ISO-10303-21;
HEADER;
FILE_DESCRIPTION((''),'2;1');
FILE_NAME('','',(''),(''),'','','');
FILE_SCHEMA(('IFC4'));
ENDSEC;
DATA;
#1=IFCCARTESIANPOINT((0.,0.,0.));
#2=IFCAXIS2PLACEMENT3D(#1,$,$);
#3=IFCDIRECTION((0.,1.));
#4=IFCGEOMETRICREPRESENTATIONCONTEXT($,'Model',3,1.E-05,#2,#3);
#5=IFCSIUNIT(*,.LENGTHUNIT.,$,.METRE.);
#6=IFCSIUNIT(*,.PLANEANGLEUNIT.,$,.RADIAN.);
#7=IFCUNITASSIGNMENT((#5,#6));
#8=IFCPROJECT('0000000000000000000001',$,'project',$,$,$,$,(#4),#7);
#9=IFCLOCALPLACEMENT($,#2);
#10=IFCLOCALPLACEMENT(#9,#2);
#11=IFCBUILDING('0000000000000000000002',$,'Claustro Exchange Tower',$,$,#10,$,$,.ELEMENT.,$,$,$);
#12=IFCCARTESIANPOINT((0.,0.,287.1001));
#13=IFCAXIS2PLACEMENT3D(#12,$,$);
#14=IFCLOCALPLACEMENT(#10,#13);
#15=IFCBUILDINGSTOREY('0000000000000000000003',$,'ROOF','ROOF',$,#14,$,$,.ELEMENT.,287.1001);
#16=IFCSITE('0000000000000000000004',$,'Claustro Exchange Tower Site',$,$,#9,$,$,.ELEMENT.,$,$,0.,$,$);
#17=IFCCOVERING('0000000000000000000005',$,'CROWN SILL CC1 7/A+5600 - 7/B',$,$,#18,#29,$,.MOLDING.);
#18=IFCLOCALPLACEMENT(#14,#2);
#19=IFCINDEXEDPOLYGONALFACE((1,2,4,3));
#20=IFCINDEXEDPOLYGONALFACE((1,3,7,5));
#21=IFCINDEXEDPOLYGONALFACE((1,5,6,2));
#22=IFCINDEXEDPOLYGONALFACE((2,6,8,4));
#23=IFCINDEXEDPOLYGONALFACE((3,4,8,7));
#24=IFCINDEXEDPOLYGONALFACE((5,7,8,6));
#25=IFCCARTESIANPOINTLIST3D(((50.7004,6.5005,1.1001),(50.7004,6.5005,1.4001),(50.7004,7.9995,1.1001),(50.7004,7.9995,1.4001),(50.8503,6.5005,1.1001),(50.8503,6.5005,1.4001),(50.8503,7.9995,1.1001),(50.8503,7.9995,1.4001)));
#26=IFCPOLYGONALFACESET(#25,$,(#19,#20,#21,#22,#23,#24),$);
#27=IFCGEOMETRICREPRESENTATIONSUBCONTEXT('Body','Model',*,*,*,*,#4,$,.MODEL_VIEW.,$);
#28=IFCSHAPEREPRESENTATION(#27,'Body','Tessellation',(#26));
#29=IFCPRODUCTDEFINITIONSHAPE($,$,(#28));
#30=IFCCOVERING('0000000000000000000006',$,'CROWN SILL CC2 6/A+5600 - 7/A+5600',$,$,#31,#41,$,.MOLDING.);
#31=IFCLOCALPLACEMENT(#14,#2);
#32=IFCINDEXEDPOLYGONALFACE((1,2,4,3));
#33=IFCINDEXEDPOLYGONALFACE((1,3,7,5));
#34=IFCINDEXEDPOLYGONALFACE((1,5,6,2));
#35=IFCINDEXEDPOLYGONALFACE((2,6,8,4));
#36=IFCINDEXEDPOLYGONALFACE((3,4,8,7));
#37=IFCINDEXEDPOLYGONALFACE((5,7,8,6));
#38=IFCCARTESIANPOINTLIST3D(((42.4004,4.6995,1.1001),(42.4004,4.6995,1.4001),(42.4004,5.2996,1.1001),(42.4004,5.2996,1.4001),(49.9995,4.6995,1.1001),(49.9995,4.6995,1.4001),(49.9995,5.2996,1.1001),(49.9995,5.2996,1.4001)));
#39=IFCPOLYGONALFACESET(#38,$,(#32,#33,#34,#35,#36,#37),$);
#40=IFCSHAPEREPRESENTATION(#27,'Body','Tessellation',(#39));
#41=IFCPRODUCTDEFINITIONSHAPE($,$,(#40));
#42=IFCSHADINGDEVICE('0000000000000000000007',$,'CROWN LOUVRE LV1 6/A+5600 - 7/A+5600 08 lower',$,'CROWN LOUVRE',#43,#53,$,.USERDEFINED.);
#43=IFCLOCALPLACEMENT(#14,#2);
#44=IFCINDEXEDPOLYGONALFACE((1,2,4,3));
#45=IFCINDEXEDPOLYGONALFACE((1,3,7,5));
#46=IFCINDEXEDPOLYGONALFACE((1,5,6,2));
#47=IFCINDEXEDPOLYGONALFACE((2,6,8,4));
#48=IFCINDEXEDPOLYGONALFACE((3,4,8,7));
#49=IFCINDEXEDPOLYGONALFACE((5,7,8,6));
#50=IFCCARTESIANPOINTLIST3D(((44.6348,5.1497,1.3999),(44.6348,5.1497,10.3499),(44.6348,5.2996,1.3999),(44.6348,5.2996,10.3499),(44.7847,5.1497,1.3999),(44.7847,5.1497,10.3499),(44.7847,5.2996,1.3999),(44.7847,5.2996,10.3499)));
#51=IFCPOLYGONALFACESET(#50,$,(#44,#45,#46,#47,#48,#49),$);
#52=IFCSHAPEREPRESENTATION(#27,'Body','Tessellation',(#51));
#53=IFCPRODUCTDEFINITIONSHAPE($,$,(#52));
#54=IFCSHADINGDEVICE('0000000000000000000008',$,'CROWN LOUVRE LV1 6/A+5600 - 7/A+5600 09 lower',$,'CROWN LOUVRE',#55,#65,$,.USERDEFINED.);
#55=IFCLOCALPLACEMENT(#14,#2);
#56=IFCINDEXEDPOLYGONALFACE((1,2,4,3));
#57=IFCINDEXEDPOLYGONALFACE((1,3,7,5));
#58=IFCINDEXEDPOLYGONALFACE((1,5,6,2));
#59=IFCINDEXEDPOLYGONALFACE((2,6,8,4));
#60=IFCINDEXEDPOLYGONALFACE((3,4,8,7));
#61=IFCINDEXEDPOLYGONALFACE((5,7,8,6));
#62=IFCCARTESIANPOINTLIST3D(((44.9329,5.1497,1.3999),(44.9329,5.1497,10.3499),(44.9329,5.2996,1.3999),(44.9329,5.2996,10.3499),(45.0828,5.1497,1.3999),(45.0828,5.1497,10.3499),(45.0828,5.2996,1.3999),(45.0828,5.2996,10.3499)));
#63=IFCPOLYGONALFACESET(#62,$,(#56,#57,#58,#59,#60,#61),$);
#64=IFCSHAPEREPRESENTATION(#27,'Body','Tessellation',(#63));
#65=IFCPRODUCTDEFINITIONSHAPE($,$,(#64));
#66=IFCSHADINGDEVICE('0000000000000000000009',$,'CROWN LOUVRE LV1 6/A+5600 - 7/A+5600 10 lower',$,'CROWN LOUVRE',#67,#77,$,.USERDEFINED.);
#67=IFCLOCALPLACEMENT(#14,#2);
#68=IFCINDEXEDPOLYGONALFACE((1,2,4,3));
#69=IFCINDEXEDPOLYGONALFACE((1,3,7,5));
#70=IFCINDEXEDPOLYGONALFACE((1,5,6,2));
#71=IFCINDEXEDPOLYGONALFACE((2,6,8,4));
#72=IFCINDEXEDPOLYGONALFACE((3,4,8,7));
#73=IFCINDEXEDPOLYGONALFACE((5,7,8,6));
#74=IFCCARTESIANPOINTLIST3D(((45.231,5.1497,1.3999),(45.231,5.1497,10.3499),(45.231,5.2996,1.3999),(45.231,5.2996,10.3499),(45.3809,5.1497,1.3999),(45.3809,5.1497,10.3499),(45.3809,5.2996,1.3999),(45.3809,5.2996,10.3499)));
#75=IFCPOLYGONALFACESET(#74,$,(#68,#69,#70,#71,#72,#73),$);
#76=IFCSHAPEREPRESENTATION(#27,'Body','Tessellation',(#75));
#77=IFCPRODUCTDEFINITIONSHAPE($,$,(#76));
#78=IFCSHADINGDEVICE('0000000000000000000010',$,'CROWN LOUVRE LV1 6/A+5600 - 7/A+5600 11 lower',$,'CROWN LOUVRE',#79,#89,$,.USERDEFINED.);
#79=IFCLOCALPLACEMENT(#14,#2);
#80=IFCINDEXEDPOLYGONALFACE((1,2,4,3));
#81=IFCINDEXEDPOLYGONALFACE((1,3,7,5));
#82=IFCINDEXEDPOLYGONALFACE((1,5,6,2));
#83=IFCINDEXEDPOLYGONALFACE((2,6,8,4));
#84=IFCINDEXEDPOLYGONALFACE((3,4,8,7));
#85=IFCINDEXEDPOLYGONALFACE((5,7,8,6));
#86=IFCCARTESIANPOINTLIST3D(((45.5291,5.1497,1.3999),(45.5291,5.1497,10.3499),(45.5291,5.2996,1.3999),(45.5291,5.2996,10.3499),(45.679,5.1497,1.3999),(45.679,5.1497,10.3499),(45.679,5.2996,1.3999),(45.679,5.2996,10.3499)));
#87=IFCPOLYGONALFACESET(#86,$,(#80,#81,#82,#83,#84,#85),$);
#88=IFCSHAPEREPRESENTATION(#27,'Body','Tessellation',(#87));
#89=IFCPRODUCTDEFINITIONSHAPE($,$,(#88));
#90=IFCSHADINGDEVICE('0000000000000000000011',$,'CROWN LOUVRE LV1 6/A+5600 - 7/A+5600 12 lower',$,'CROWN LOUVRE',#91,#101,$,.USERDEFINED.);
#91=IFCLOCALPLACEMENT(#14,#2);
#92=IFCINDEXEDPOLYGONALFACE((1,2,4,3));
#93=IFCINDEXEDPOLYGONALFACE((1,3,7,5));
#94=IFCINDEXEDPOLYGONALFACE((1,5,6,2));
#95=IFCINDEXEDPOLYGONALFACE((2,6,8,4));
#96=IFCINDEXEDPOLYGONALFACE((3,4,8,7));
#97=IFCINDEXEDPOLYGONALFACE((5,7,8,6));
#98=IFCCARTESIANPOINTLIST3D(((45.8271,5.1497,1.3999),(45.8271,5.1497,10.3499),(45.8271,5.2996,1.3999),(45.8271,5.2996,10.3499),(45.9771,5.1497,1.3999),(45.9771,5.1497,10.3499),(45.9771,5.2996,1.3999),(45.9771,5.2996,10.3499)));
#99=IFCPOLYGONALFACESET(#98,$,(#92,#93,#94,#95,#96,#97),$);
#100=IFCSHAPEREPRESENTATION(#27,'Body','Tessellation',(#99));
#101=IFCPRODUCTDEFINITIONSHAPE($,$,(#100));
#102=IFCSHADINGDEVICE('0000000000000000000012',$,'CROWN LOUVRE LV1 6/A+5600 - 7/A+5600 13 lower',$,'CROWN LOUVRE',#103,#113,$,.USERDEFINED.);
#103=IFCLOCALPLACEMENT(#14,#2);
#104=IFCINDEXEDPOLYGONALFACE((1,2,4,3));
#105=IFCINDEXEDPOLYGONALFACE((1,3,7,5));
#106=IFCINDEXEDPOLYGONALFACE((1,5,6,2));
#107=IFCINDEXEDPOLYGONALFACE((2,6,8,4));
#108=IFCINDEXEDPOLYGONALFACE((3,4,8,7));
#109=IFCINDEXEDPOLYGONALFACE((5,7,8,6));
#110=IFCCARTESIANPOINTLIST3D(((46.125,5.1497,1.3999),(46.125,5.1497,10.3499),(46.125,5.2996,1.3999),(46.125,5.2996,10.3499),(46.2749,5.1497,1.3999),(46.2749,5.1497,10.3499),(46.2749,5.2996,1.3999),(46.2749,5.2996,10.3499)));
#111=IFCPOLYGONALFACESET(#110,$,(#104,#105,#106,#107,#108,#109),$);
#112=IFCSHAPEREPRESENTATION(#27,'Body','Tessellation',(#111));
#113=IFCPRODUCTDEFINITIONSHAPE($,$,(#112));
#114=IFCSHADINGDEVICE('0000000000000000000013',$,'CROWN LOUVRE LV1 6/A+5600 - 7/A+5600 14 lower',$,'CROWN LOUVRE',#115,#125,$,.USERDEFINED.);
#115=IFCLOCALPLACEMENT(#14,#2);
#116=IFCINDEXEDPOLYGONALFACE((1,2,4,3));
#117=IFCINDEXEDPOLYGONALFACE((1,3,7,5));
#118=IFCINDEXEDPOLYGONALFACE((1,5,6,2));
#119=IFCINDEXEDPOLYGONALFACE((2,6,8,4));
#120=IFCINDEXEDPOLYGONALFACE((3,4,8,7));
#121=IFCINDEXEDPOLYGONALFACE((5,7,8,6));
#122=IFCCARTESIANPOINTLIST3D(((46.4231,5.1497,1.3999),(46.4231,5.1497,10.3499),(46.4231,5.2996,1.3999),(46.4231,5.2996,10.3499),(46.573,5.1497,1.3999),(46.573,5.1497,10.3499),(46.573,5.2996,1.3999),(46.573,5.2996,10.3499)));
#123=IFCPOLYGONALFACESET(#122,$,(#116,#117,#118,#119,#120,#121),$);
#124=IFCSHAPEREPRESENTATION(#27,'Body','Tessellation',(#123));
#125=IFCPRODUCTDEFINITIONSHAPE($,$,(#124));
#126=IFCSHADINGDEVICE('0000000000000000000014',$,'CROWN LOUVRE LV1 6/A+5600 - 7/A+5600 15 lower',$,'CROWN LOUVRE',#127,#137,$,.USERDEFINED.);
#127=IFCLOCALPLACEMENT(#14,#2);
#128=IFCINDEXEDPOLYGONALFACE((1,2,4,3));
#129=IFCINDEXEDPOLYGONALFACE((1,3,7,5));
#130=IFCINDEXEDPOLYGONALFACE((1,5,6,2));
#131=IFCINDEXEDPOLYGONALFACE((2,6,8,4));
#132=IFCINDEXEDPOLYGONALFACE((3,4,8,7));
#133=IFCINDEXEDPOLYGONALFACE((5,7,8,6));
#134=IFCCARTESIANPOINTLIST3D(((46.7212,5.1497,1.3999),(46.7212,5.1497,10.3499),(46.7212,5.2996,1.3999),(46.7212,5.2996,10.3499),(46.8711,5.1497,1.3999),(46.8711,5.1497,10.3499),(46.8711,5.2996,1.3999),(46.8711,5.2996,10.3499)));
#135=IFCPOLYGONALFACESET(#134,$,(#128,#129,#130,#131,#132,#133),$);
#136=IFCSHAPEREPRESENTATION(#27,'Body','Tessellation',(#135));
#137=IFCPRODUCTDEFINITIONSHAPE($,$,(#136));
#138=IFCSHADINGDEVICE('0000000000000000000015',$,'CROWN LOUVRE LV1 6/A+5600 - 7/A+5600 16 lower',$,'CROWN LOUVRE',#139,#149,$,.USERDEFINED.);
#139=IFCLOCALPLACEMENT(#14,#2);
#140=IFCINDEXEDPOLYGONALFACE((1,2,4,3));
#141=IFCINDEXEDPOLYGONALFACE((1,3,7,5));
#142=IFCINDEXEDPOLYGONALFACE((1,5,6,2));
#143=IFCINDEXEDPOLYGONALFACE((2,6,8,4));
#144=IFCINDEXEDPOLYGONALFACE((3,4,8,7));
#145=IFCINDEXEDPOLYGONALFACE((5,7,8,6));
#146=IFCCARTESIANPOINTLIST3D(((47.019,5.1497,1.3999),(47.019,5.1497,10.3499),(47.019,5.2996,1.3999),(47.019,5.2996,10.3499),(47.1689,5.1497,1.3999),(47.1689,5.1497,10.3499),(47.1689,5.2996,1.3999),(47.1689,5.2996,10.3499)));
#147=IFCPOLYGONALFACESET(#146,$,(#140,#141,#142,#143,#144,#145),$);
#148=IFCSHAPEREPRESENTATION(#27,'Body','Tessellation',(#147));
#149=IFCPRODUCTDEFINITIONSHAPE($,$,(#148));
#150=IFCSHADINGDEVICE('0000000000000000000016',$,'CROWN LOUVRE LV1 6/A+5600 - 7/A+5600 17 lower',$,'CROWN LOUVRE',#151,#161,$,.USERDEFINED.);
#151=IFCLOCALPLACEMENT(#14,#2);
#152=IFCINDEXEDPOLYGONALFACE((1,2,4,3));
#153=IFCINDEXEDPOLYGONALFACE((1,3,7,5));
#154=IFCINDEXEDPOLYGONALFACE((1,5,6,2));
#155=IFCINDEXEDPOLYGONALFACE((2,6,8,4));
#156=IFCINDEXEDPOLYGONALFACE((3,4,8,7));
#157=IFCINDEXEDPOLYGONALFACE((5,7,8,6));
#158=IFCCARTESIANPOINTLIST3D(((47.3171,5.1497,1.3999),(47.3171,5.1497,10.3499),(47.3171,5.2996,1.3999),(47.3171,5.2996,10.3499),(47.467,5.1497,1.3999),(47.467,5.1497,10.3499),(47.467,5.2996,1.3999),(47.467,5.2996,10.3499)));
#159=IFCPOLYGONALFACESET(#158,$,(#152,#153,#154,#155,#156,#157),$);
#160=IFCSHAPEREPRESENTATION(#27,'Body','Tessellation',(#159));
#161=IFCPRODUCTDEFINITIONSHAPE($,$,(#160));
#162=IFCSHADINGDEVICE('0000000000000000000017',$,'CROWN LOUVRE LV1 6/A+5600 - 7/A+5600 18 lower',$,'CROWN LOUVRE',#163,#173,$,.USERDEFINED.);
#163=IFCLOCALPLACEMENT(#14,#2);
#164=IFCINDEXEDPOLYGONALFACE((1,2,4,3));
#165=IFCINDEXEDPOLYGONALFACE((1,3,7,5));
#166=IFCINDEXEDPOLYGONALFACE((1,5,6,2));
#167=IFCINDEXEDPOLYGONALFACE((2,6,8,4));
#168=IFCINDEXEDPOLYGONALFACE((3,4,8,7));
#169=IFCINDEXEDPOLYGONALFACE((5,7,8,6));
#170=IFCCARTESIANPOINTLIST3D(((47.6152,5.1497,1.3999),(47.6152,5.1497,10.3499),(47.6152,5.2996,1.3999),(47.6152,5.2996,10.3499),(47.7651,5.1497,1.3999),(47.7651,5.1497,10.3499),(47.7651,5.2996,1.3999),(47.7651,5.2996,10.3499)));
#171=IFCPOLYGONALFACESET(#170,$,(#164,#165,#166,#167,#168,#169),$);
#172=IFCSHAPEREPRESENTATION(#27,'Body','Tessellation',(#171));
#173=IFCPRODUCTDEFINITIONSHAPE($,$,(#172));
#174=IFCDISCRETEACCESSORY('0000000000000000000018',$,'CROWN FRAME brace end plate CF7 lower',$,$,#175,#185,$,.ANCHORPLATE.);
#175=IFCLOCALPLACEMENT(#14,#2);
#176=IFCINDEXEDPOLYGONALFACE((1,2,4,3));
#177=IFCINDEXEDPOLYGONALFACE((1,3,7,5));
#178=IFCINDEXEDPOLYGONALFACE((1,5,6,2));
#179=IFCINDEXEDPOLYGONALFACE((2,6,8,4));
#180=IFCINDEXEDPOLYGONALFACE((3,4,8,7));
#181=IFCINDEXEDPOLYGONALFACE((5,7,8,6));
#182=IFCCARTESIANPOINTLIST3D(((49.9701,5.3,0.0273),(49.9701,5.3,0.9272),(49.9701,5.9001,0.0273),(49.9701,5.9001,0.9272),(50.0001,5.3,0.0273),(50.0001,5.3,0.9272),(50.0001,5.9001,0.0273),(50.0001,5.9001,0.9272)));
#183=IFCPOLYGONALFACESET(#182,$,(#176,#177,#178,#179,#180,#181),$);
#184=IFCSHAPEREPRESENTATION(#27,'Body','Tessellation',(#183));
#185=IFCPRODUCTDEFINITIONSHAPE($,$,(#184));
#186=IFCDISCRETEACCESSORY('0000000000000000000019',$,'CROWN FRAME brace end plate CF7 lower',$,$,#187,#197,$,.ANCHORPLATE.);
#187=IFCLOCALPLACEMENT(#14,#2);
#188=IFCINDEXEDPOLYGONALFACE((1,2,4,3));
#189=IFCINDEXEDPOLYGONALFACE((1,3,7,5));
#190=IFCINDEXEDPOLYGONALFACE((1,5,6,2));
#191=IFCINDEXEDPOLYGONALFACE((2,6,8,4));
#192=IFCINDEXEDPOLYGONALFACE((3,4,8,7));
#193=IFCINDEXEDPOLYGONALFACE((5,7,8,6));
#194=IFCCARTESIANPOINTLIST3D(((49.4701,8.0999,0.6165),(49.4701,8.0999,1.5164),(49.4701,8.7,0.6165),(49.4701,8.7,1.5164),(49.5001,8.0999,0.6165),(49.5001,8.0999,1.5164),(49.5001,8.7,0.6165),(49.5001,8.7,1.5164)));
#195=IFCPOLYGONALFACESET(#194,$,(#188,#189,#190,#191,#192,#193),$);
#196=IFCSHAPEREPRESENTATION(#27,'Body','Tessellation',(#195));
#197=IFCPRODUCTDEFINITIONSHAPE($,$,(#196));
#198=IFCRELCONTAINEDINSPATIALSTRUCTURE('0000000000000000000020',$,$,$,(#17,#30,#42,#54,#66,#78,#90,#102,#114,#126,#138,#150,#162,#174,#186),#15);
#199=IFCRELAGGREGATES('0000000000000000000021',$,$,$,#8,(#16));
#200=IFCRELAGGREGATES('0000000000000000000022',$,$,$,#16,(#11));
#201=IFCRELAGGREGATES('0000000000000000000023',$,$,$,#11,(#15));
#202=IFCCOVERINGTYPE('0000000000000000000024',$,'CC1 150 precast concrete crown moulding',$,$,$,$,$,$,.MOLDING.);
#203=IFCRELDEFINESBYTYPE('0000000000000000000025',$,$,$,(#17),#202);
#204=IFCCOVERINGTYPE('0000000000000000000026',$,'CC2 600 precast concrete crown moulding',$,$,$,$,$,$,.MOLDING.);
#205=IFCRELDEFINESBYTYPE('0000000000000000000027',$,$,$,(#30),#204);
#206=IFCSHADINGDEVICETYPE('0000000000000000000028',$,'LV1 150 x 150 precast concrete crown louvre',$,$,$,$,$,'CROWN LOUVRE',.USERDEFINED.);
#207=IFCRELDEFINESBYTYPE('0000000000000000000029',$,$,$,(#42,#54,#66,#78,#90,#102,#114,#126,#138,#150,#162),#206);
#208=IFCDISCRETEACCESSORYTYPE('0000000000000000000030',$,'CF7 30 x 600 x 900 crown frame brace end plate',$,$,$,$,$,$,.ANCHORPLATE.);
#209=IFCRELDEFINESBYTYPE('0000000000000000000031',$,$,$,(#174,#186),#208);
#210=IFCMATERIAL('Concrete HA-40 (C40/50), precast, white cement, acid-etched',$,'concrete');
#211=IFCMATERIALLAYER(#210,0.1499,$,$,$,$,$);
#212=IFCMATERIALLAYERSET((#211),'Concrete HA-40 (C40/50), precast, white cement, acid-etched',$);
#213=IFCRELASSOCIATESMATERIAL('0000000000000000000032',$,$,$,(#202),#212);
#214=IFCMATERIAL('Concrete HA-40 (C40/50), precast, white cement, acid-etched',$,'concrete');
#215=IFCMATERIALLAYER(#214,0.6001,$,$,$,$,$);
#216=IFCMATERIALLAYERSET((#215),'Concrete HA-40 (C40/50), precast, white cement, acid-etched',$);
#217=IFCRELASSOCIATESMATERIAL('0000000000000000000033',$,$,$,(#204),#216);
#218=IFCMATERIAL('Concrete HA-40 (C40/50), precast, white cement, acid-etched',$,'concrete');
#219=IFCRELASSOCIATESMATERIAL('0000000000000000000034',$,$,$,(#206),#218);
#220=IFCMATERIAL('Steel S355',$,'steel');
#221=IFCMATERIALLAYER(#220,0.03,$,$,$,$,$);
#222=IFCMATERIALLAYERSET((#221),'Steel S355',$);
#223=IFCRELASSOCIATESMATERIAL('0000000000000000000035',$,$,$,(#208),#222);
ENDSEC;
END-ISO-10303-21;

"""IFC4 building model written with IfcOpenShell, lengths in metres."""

from ifc_helpers import new_model, si_unit, direction, frame, origin, origin_2d, place, context, subcontext, project, spatial, rectangle, extrude, material, layer, layer_set, type_object, element, save


model = new_model("IFC4")

# Units and contexts
model_context = context("Model", 3, precision=1e-05, world=origin(), true_north=direction((0.0, 1.0)))
body_context = subcontext(model_context, "Body", "Model", "MODEL_VIEW")
ifc_project = project(units=[si_unit("LENGTHUNIT", "METRE"), si_unit("PLANEANGLEUNIT", "RADIAN")], contexts=[model_context])

# Site, building, storey
site_placement = place(None, origin())
site = spatial("IfcSite", under=ifc_project, at=site_placement, Name="Claustro Exchange Tower Site", CompositionType="ELEMENT", RefElevation=0.0)
building_placement = place(site_placement, origin())
building = spatial("IfcBuilding", under=site, at=building_placement, Name="Claustro Exchange Tower", CompositionType="ELEMENT")
storey_placement = place(building_placement, frame((0.0, 0.0, 287.1001)))
storey = spatial("IfcBuildingStorey", under=building, at=storey_placement, Name="ROOF", Description="ROOF", CompositionType="ELEMENT", Elevation=287.1001)

# Coverings
ifc_material_1 = material(Name="Concrete HA-40 (C40/50), precast, white cement, acid-etched", Category="concrete")
ifc_layer_1 = layer(ifc_material_1, 0.1499)
ifc_layer_set_1 = layer_set([ifc_layer_1], Name="Concrete HA-40 (C40/50), precast, white cement, acid-etched")
covering_type_1 = type_object("IfcCoveringType", Name="CC1 150 precast concrete crown moulding", PredefinedType="MOLDING", material=ifc_layer_set_1)
covering_1_placement = place(storey_placement, frame((50.7754, 7.25, 1.1001), z_axis=(0.0, 0.0, 1.0), x_axis=(0.0, 1.0, 0.0)))
element("IfcCovering", 1, at=covering_1_placement, inside=storey, type_object=covering_type_1, Name="CROWN SILL CC1 7/A+5600 - 7/B", PredefinedType="MOLDING", context=body_context, shape_type="SweptSolid", body=[
    extrude(rectangle(XDim=1.499, YDim=0.1499, at=origin_2d()), origin(), (0.0, 0.0, 1.0), 0.3),
])
ifc_material_2 = material(Name="Concrete HA-40 (C40/50), precast, white cement, acid-etched", Category="concrete")
ifc_layer_2 = layer(ifc_material_2, 0.6001)
ifc_layer_set_2 = layer_set([ifc_layer_2], Name="Concrete HA-40 (C40/50), precast, white cement, acid-etched")
covering_type_2 = type_object("IfcCoveringType", Name="CC2 600 precast concrete crown moulding", PredefinedType="MOLDING", material=ifc_layer_set_2)
covering_2_placement = place(storey_placement, frame((46.2, 4.9995, 1.1001), z_axis=(0.0, 0.0, 1.0), x_axis=(1.0, 0.0, 0.0)))
element("IfcCovering", 2, at=covering_2_placement, inside=storey, type_object=covering_type_2, Name="CROWN SILL CC2 6/A+5600 - 7/A+5600", PredefinedType="MOLDING", context=body_context, shape_type="SweptSolid", body=[
    extrude(rectangle(XDim=7.5991, YDim=0.6001, at=origin_2d()), origin(), (0.0, 0.0, 1.0), 0.3),
])

# Shading devices
ifc_material_3 = material(Name="Concrete HA-40 (C40/50), precast, white cement, acid-etched", Category="concrete")
shading_device_type = type_object("IfcShadingDeviceType", Name="LV1 150 x 150 precast concrete crown louvre", ElementType="CROWN LOUVRE", PredefinedType="USERDEFINED", material=ifc_material_3)
for number, where, z_axis, x_axis, name in (
    (3, (44.7097, 5.2246, 1.3999), (0.0, 0.0, 1.0), (1.0, 0.0, 0.0), "CROWN LOUVRE LV1 6/A+5600 - 7/A+5600 08 lower"),
    (4, (45.0078, 5.2246, 1.3999), (0.0, 0.0, 1.0), (1.0, 0.0, 0.0), "CROWN LOUVRE LV1 6/A+5600 - 7/A+5600 09 lower"),
    (5, (45.3059, 5.2246, 1.3999), (0.0, 0.0, 1.0), (1.0, 0.0, 0.0), "CROWN LOUVRE LV1 6/A+5600 - 7/A+5600 10 lower"),
    (6, (45.604, 5.2246, 1.3999), (0.0, 0.0, 1.0), (1.0, 0.0, 0.0), "CROWN LOUVRE LV1 6/A+5600 - 7/A+5600 11 lower"),
    (7, (45.9021, 5.2246, 1.3999), (0.0, 0.0, 1.0), (1.0, 0.0, 0.0), "CROWN LOUVRE LV1 6/A+5600 - 7/A+5600 12 lower"),
    (8, (46.2, 5.2246, 1.3999), (0.0, 0.0, 1.0), (1.0, 0.0, 0.0), "CROWN LOUVRE LV1 6/A+5600 - 7/A+5600 13 lower"),
    (9, (46.498, 5.2246, 1.3999), (0.0, 0.0, 1.0), (1.0, 0.0, 0.0), "CROWN LOUVRE LV1 6/A+5600 - 7/A+5600 14 lower"),
    (10, (46.7961, 5.2246, 1.3999), (0.0, 0.0, 1.0), (1.0, 0.0, 0.0), "CROWN LOUVRE LV1 6/A+5600 - 7/A+5600 15 lower"),
    (11, (47.094, 5.2246, 1.3999), (0.0, 0.0, 1.0), (1.0, 0.0, 0.0), "CROWN LOUVRE LV1 6/A+5600 - 7/A+5600 16 lower"),
    (12, (47.3921, 5.2246, 1.3999), (0.0, 0.0, 1.0), (1.0, 0.0, 0.0), "CROWN LOUVRE LV1 6/A+5600 - 7/A+5600 17 lower"),
    (13, (47.6902, 5.2246, 1.3999), (0.0, 0.0, 1.0), (1.0, 0.0, 0.0), "CROWN LOUVRE LV1 6/A+5600 - 7/A+5600 18 lower"),
):
    element("IfcShadingDevice", number, at=place(storey_placement, frame(where, z_axis=z_axis, x_axis=x_axis)), inside=storey, type_object=shading_device_type, Name=name, ObjectType="CROWN LOUVRE", PredefinedType="USERDEFINED", context=body_context, shape_type="SweptSolid", body=[
        extrude(rectangle(XDim=0.1499, YDim=0.1499, at=origin_2d()), origin(), (0.0, 0.0, 1.0), 8.95),
    ])

# Discrete accessories
ifc_material_4 = material(Name="Steel S355", Category="steel")
ifc_layer_3 = layer(ifc_material_4, 0.03)
ifc_layer_set_3 = layer_set([ifc_layer_3], Name="Steel S355")
discrete_accessory_type = type_object("IfcDiscreteAccessoryType", Name="CF7 30 x 600 x 900 crown frame brace end plate", PredefinedType="ANCHORPLATE", material=ifc_layer_set_3)
for number, where, z_axis, x_axis, name in (
    (14, (49.9851, 5.6001, 0.0273), (0.0, 0.0, 1.0), (-1.0, 0.0, 0.0), "CROWN FRAME brace end plate CF7 lower"),
    (15, (49.4851, 8.3999, 0.6165), (0.0, 0.0, 1.0), (-1.0, 0.0, 0.0), "CROWN FRAME brace end plate CF7 lower"),
):
    element("IfcDiscreteAccessory", number, at=place(storey_placement, frame(where, z_axis=z_axis, x_axis=x_axis)), inside=storey, type_object=discrete_accessory_type, Name=name, PredefinedType="ANCHORPLATE", context=body_context, shape_type="SweptSolid", body=[
        extrude(rectangle(XDim=0.03, YDim=0.6001, at=origin_2d()), origin(), (0.0, 0.0, 1.0), 0.8999),
    ])

save(model, "model.ifc")
